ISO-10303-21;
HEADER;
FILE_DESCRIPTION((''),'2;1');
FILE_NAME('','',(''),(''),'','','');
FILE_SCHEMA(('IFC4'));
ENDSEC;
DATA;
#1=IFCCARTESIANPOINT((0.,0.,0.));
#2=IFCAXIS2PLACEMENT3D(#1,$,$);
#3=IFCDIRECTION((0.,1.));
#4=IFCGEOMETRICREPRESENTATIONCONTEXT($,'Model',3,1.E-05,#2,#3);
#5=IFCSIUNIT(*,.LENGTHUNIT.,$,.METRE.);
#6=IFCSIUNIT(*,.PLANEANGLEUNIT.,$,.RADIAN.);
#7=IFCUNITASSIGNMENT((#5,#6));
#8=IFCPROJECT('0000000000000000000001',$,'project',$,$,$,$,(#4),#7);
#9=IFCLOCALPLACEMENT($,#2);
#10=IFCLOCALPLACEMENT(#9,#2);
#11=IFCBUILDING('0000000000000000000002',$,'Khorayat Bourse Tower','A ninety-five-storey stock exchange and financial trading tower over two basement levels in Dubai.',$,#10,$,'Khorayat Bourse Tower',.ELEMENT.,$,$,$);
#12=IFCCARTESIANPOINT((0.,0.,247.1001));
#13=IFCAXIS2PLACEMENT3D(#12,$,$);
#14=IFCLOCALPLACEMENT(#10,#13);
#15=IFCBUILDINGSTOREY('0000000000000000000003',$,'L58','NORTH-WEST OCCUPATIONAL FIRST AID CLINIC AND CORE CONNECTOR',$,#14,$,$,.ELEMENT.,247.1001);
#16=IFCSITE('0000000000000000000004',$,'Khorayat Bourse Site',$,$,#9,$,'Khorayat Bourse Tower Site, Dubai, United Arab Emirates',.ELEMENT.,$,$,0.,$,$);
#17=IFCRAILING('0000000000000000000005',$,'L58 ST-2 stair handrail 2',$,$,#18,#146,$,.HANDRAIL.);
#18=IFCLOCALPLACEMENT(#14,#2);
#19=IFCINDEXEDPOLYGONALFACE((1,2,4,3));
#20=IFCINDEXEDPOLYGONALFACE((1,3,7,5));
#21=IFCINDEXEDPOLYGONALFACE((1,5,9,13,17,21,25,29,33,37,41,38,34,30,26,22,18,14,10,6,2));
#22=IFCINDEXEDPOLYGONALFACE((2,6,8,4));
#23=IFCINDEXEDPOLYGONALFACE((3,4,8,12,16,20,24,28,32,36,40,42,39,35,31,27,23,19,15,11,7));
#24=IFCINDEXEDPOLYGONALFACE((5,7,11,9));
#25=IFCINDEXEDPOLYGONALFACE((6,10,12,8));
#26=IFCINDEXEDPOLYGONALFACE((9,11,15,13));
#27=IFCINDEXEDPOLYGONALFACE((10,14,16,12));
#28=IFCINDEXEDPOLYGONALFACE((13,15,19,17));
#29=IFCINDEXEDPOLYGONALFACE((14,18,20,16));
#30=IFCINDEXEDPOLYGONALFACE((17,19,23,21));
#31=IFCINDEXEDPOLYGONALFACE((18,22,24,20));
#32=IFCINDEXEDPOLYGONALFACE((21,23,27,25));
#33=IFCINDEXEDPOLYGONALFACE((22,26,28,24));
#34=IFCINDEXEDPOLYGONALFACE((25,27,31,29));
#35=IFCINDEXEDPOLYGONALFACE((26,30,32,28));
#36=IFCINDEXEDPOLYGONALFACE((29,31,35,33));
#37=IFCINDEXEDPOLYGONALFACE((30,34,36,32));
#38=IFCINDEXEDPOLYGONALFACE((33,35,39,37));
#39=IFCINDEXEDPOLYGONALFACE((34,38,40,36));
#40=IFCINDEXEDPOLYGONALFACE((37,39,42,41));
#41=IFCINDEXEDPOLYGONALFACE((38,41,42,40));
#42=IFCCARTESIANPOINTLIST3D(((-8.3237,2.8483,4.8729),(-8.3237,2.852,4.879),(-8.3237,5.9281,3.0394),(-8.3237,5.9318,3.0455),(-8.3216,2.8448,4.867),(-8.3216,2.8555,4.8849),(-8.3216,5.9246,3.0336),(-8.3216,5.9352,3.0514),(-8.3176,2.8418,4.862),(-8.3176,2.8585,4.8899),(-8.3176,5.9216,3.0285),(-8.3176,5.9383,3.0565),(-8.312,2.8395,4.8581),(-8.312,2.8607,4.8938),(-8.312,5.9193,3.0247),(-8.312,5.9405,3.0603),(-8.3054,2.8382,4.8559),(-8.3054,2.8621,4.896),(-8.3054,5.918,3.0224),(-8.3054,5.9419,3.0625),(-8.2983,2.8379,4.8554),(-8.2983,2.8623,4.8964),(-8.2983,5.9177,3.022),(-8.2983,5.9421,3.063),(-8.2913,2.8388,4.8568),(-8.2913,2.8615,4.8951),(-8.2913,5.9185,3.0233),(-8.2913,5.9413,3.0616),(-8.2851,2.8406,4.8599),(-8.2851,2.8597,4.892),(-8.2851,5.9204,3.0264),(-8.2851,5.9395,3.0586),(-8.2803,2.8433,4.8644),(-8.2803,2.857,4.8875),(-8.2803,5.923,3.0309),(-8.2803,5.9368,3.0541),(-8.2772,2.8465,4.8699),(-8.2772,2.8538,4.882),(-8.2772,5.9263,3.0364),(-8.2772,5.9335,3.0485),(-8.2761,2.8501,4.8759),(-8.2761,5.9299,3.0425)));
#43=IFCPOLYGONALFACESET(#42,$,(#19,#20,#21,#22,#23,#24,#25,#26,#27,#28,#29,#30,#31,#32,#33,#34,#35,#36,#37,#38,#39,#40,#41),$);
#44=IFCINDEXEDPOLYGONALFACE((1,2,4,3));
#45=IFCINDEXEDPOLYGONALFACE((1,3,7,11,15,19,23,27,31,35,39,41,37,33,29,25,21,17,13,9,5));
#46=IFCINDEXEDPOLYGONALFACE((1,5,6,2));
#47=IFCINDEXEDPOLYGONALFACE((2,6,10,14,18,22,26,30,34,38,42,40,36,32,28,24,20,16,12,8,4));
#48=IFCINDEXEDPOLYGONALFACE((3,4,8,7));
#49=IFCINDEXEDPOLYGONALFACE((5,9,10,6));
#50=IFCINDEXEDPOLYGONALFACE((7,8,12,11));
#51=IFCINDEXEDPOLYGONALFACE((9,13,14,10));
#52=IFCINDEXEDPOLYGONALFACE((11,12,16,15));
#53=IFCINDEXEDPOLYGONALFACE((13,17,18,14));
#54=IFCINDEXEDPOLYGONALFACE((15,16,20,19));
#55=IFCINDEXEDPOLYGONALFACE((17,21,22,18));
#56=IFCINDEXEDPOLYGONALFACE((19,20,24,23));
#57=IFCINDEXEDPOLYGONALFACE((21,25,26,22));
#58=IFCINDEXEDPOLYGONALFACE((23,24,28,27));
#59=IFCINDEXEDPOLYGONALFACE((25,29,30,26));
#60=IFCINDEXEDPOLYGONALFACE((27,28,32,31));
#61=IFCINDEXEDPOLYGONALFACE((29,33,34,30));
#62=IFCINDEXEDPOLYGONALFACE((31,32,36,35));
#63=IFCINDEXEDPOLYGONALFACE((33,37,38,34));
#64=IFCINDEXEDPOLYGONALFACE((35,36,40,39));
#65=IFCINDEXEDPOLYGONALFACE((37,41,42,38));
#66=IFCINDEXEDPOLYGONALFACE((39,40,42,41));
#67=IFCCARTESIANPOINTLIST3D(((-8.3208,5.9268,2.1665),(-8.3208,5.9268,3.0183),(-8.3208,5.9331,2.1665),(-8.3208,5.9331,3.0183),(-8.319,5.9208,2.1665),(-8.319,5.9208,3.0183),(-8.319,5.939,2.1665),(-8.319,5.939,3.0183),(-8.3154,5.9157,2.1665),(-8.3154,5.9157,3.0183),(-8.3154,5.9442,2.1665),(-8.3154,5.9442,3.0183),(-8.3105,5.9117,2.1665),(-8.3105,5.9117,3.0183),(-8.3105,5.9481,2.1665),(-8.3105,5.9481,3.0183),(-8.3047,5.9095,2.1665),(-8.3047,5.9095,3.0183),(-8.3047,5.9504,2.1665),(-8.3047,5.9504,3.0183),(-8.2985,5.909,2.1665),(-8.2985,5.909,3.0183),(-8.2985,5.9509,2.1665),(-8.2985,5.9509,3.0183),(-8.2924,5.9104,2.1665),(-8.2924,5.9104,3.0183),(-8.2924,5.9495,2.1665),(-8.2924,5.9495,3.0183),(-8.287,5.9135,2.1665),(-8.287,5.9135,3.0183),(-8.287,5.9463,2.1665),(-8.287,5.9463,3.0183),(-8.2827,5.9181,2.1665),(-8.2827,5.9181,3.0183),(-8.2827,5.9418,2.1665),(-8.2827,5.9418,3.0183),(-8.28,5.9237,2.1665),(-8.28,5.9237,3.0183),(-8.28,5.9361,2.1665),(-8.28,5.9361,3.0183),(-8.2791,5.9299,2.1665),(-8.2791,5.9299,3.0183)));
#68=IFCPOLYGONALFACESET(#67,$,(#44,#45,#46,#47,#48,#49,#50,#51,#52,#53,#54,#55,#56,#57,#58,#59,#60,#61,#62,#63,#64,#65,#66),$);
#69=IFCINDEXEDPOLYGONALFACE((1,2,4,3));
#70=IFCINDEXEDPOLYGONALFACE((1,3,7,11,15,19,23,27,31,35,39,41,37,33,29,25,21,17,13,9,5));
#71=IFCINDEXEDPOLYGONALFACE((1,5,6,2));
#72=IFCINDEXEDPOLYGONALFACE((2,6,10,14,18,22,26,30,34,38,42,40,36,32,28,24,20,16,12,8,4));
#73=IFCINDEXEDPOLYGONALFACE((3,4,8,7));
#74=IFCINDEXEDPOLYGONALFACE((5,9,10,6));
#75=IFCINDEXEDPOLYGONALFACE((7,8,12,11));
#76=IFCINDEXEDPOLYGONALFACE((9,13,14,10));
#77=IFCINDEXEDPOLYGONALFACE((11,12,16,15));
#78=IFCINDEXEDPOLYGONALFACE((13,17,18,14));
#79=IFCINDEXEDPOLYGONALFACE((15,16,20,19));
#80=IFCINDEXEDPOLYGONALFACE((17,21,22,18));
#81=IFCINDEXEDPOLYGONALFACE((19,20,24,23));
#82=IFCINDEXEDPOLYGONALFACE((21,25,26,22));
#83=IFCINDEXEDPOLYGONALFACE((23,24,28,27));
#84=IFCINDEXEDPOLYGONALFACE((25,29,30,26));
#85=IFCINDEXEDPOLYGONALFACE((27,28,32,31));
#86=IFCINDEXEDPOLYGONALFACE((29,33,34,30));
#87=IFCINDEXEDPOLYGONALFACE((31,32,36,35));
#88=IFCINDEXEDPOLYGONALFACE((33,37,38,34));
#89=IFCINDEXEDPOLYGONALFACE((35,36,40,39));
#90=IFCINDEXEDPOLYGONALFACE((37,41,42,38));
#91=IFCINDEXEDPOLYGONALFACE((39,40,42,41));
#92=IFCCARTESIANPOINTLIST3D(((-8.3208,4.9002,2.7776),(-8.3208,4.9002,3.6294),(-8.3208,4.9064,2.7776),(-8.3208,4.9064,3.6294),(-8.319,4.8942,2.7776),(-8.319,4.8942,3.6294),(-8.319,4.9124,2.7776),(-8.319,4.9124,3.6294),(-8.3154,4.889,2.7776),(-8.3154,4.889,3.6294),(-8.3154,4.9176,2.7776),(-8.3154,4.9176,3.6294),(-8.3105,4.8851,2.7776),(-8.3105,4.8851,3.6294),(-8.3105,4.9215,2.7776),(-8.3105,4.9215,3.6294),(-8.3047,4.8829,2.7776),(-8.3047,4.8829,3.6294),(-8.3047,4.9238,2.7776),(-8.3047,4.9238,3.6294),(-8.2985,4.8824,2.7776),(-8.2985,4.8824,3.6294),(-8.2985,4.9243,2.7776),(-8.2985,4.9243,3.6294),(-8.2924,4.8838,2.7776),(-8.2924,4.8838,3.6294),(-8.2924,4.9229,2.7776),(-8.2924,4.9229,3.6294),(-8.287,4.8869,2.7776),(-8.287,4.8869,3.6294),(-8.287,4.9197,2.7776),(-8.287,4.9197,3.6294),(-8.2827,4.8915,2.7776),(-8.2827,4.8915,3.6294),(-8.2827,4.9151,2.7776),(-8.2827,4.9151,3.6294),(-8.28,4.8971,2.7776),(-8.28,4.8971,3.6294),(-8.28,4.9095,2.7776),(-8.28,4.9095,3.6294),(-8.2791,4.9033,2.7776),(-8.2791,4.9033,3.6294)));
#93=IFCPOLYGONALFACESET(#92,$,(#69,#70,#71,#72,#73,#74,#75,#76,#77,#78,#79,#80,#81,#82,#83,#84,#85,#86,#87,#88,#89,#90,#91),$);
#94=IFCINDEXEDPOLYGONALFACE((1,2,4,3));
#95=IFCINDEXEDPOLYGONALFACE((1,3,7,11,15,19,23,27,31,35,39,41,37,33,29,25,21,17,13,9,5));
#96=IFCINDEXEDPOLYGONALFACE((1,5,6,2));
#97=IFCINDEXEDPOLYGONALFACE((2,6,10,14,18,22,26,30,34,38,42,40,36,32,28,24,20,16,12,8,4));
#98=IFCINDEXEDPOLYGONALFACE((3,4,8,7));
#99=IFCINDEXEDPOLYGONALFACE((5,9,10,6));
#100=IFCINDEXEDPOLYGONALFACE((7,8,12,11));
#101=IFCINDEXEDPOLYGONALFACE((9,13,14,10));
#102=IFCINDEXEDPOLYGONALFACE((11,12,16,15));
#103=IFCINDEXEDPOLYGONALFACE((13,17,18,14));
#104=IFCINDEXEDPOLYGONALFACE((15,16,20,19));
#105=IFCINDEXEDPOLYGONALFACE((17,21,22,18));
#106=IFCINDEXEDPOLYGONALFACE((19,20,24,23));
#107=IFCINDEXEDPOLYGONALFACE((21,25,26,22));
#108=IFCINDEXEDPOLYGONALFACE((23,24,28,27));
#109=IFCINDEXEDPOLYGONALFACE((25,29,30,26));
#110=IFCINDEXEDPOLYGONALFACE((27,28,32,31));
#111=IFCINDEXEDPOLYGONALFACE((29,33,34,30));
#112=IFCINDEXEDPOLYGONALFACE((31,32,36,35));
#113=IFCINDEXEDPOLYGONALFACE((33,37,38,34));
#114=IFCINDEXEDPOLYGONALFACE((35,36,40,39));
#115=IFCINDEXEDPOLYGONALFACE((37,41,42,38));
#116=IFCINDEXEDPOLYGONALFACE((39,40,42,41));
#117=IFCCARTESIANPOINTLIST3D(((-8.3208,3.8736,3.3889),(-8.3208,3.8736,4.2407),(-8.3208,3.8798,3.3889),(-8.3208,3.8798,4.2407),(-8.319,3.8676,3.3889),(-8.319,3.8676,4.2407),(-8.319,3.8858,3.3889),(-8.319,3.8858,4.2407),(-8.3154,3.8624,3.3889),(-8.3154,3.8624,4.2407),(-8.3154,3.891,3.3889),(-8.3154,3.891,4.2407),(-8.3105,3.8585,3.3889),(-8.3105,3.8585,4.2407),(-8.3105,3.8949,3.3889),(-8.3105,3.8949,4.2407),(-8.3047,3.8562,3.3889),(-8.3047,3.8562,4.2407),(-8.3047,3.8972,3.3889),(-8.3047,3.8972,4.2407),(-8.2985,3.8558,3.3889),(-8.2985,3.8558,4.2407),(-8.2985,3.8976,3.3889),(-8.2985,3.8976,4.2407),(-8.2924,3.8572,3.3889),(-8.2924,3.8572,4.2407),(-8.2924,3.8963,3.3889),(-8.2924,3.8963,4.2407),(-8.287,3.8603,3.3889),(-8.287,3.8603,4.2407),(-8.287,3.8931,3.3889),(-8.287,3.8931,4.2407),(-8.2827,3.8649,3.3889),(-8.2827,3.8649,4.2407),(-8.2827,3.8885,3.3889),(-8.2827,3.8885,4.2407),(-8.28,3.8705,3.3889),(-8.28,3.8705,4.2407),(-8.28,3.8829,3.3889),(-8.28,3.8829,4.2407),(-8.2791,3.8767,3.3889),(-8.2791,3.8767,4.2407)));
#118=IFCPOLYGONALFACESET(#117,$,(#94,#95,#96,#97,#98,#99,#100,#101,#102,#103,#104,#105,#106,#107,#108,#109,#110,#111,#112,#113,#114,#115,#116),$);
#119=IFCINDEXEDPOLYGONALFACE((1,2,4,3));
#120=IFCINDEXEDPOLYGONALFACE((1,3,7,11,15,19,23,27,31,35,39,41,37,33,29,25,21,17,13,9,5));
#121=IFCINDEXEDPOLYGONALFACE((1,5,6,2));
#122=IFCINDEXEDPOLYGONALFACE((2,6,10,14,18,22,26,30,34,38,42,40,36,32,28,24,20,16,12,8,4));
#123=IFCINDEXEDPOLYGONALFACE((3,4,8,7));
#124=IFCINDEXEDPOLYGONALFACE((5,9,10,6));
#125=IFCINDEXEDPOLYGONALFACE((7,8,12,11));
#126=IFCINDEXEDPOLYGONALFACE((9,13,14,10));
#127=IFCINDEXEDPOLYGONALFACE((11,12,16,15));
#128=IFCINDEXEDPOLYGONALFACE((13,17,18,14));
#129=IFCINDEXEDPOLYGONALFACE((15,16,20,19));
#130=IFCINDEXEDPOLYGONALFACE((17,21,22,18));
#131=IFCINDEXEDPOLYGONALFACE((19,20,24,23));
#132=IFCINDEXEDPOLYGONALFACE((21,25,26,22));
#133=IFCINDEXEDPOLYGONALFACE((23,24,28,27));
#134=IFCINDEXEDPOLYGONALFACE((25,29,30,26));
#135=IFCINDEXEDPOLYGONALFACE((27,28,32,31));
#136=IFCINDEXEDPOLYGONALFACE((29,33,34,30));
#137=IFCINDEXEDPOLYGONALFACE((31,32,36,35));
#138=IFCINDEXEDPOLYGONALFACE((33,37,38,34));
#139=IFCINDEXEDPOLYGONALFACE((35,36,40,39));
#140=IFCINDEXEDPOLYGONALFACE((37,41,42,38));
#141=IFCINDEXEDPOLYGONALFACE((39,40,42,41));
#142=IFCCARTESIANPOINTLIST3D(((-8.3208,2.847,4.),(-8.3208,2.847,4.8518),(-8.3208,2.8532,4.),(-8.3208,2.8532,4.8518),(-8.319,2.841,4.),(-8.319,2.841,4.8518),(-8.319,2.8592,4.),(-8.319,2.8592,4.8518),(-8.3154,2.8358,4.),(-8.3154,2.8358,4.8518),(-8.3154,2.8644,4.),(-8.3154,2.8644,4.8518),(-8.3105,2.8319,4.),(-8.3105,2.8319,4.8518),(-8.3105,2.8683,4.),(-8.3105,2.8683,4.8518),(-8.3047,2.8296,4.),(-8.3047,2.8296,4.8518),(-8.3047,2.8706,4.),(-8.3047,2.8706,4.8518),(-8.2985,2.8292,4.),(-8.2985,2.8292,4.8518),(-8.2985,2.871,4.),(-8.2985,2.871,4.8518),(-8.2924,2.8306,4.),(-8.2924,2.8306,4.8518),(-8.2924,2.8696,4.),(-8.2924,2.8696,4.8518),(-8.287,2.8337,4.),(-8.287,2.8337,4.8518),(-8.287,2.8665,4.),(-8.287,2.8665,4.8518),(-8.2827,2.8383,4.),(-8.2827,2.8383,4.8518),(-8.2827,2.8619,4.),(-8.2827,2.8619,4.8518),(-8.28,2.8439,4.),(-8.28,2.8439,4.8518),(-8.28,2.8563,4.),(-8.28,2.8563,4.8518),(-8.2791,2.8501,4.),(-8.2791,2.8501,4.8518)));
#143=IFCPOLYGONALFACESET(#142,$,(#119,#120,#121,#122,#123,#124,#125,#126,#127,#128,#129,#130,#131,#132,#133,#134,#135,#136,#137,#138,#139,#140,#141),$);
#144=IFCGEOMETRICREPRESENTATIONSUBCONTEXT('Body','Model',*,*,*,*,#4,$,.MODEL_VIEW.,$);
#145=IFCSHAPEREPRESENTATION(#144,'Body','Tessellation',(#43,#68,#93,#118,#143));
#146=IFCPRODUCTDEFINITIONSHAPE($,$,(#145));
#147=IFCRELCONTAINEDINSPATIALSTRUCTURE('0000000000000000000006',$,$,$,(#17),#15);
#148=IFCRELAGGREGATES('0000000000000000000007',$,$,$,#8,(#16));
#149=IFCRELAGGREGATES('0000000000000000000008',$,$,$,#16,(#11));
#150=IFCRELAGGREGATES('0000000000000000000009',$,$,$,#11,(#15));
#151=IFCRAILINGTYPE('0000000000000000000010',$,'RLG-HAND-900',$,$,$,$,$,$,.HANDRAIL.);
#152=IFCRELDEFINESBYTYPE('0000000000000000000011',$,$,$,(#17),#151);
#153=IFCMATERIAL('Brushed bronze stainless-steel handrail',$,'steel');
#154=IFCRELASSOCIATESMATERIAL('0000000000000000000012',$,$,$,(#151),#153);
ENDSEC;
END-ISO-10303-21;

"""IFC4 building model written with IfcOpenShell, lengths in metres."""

from ifc_helpers import new_model, si_unit, direction, frame, origin, origin_2d, place, context, subcontext, project, spatial, circle, extrude, source, transform, mapped, material, type_object, element, save


model = new_model("IFC4")

# Units and contexts
model_context = context("Model", 3, precision=1e-05, world=origin(), true_north=direction((0.0, 1.0)))
body_context = subcontext(model_context, "Body", "Model", "MODEL_VIEW")
ifc_project = project(units=[si_unit("LENGTHUNIT", "METRE"), si_unit("PLANEANGLEUNIT", "RADIAN")], contexts=[model_context])

# Site, building, storey
site_placement = place(None, origin())
site = spatial("IfcSite", under=ifc_project, at=site_placement, Name="Khorayat Bourse Site", LongName="Khorayat Bourse Tower Site, Dubai, United Arab Emirates", CompositionType="ELEMENT", RefElevation=0.0)
building_placement = place(site_placement, origin())
building = spatial("IfcBuilding", under=site, at=building_placement, Name="Khorayat Bourse Tower", Description="A ninety-five-storey stock exchange and financial trading tower over two basement levels in Dubai.", LongName="Khorayat Bourse Tower", CompositionType="ELEMENT")
storey_placement = place(building_placement, frame((0.0, 0.0, 247.1001)))
storey = spatial("IfcBuildingStorey", under=building, at=storey_placement, Name="L58", Description="NORTH-WEST OCCUPATIONAL FIRST AID CLINIC AND CORE CONNECTOR", CompositionType="ELEMENT", Elevation=247.1001)

# Railing
ifc_material_1 = material(Name="Brushed bronze stainless-steel handrail", Category="steel")
railing_type_1 = type_object("IfcRailingType", Name="RLG-HAND-900", PredefinedType="HANDRAIL", material=ifc_material_1)
shared_shape_1 = source(origin(), body_context, "Body", "SweptSolid", [
    extrude(circle(Radius=0.0239, at=origin_2d()), frame((0.0, 0.0, 0.876), z_axis=(0.0, -0.859261, 0.511538), x_axis=(1.0, 0.0, 0.0)), (0.0, 0.0, 1.0), 3.5842),
    extrude(circle(Radius=0.021, at=origin_2d()), origin(), (0.0, 0.0, 1.0), 0.8518),
    extrude(circle(Radius=0.021, at=origin_2d()), frame((0.0, -1.0266, 0.6111)), (0.0, 0.0, 1.0), 0.8518),
    extrude(circle(Radius=0.021, at=origin_2d()), frame((0.0, -2.0532, 1.2224)), (0.0, 0.0, 1.0), 0.8518),
    extrude(circle(Radius=0.021, at=origin_2d()), frame((0.0, -3.0798, 1.8335)), (0.0, 0.0, 1.0), 0.8518),
])
railing_1_placement = place(storey_placement, frame((-8.3, 5.9299, 2.1665)))
element("IfcRailing", 1, at=railing_1_placement, inside=storey, type_object=railing_type_1, Name="L58 ST-2 stair handrail 2", PredefinedType="HANDRAIL", context=body_context, shape_type="MappedRepresentation", body=[
    mapped(shared_shape_1, transform((0.0, 0.0, 0.0), scale=1.0)),
])

save(model, "model.ifc")
